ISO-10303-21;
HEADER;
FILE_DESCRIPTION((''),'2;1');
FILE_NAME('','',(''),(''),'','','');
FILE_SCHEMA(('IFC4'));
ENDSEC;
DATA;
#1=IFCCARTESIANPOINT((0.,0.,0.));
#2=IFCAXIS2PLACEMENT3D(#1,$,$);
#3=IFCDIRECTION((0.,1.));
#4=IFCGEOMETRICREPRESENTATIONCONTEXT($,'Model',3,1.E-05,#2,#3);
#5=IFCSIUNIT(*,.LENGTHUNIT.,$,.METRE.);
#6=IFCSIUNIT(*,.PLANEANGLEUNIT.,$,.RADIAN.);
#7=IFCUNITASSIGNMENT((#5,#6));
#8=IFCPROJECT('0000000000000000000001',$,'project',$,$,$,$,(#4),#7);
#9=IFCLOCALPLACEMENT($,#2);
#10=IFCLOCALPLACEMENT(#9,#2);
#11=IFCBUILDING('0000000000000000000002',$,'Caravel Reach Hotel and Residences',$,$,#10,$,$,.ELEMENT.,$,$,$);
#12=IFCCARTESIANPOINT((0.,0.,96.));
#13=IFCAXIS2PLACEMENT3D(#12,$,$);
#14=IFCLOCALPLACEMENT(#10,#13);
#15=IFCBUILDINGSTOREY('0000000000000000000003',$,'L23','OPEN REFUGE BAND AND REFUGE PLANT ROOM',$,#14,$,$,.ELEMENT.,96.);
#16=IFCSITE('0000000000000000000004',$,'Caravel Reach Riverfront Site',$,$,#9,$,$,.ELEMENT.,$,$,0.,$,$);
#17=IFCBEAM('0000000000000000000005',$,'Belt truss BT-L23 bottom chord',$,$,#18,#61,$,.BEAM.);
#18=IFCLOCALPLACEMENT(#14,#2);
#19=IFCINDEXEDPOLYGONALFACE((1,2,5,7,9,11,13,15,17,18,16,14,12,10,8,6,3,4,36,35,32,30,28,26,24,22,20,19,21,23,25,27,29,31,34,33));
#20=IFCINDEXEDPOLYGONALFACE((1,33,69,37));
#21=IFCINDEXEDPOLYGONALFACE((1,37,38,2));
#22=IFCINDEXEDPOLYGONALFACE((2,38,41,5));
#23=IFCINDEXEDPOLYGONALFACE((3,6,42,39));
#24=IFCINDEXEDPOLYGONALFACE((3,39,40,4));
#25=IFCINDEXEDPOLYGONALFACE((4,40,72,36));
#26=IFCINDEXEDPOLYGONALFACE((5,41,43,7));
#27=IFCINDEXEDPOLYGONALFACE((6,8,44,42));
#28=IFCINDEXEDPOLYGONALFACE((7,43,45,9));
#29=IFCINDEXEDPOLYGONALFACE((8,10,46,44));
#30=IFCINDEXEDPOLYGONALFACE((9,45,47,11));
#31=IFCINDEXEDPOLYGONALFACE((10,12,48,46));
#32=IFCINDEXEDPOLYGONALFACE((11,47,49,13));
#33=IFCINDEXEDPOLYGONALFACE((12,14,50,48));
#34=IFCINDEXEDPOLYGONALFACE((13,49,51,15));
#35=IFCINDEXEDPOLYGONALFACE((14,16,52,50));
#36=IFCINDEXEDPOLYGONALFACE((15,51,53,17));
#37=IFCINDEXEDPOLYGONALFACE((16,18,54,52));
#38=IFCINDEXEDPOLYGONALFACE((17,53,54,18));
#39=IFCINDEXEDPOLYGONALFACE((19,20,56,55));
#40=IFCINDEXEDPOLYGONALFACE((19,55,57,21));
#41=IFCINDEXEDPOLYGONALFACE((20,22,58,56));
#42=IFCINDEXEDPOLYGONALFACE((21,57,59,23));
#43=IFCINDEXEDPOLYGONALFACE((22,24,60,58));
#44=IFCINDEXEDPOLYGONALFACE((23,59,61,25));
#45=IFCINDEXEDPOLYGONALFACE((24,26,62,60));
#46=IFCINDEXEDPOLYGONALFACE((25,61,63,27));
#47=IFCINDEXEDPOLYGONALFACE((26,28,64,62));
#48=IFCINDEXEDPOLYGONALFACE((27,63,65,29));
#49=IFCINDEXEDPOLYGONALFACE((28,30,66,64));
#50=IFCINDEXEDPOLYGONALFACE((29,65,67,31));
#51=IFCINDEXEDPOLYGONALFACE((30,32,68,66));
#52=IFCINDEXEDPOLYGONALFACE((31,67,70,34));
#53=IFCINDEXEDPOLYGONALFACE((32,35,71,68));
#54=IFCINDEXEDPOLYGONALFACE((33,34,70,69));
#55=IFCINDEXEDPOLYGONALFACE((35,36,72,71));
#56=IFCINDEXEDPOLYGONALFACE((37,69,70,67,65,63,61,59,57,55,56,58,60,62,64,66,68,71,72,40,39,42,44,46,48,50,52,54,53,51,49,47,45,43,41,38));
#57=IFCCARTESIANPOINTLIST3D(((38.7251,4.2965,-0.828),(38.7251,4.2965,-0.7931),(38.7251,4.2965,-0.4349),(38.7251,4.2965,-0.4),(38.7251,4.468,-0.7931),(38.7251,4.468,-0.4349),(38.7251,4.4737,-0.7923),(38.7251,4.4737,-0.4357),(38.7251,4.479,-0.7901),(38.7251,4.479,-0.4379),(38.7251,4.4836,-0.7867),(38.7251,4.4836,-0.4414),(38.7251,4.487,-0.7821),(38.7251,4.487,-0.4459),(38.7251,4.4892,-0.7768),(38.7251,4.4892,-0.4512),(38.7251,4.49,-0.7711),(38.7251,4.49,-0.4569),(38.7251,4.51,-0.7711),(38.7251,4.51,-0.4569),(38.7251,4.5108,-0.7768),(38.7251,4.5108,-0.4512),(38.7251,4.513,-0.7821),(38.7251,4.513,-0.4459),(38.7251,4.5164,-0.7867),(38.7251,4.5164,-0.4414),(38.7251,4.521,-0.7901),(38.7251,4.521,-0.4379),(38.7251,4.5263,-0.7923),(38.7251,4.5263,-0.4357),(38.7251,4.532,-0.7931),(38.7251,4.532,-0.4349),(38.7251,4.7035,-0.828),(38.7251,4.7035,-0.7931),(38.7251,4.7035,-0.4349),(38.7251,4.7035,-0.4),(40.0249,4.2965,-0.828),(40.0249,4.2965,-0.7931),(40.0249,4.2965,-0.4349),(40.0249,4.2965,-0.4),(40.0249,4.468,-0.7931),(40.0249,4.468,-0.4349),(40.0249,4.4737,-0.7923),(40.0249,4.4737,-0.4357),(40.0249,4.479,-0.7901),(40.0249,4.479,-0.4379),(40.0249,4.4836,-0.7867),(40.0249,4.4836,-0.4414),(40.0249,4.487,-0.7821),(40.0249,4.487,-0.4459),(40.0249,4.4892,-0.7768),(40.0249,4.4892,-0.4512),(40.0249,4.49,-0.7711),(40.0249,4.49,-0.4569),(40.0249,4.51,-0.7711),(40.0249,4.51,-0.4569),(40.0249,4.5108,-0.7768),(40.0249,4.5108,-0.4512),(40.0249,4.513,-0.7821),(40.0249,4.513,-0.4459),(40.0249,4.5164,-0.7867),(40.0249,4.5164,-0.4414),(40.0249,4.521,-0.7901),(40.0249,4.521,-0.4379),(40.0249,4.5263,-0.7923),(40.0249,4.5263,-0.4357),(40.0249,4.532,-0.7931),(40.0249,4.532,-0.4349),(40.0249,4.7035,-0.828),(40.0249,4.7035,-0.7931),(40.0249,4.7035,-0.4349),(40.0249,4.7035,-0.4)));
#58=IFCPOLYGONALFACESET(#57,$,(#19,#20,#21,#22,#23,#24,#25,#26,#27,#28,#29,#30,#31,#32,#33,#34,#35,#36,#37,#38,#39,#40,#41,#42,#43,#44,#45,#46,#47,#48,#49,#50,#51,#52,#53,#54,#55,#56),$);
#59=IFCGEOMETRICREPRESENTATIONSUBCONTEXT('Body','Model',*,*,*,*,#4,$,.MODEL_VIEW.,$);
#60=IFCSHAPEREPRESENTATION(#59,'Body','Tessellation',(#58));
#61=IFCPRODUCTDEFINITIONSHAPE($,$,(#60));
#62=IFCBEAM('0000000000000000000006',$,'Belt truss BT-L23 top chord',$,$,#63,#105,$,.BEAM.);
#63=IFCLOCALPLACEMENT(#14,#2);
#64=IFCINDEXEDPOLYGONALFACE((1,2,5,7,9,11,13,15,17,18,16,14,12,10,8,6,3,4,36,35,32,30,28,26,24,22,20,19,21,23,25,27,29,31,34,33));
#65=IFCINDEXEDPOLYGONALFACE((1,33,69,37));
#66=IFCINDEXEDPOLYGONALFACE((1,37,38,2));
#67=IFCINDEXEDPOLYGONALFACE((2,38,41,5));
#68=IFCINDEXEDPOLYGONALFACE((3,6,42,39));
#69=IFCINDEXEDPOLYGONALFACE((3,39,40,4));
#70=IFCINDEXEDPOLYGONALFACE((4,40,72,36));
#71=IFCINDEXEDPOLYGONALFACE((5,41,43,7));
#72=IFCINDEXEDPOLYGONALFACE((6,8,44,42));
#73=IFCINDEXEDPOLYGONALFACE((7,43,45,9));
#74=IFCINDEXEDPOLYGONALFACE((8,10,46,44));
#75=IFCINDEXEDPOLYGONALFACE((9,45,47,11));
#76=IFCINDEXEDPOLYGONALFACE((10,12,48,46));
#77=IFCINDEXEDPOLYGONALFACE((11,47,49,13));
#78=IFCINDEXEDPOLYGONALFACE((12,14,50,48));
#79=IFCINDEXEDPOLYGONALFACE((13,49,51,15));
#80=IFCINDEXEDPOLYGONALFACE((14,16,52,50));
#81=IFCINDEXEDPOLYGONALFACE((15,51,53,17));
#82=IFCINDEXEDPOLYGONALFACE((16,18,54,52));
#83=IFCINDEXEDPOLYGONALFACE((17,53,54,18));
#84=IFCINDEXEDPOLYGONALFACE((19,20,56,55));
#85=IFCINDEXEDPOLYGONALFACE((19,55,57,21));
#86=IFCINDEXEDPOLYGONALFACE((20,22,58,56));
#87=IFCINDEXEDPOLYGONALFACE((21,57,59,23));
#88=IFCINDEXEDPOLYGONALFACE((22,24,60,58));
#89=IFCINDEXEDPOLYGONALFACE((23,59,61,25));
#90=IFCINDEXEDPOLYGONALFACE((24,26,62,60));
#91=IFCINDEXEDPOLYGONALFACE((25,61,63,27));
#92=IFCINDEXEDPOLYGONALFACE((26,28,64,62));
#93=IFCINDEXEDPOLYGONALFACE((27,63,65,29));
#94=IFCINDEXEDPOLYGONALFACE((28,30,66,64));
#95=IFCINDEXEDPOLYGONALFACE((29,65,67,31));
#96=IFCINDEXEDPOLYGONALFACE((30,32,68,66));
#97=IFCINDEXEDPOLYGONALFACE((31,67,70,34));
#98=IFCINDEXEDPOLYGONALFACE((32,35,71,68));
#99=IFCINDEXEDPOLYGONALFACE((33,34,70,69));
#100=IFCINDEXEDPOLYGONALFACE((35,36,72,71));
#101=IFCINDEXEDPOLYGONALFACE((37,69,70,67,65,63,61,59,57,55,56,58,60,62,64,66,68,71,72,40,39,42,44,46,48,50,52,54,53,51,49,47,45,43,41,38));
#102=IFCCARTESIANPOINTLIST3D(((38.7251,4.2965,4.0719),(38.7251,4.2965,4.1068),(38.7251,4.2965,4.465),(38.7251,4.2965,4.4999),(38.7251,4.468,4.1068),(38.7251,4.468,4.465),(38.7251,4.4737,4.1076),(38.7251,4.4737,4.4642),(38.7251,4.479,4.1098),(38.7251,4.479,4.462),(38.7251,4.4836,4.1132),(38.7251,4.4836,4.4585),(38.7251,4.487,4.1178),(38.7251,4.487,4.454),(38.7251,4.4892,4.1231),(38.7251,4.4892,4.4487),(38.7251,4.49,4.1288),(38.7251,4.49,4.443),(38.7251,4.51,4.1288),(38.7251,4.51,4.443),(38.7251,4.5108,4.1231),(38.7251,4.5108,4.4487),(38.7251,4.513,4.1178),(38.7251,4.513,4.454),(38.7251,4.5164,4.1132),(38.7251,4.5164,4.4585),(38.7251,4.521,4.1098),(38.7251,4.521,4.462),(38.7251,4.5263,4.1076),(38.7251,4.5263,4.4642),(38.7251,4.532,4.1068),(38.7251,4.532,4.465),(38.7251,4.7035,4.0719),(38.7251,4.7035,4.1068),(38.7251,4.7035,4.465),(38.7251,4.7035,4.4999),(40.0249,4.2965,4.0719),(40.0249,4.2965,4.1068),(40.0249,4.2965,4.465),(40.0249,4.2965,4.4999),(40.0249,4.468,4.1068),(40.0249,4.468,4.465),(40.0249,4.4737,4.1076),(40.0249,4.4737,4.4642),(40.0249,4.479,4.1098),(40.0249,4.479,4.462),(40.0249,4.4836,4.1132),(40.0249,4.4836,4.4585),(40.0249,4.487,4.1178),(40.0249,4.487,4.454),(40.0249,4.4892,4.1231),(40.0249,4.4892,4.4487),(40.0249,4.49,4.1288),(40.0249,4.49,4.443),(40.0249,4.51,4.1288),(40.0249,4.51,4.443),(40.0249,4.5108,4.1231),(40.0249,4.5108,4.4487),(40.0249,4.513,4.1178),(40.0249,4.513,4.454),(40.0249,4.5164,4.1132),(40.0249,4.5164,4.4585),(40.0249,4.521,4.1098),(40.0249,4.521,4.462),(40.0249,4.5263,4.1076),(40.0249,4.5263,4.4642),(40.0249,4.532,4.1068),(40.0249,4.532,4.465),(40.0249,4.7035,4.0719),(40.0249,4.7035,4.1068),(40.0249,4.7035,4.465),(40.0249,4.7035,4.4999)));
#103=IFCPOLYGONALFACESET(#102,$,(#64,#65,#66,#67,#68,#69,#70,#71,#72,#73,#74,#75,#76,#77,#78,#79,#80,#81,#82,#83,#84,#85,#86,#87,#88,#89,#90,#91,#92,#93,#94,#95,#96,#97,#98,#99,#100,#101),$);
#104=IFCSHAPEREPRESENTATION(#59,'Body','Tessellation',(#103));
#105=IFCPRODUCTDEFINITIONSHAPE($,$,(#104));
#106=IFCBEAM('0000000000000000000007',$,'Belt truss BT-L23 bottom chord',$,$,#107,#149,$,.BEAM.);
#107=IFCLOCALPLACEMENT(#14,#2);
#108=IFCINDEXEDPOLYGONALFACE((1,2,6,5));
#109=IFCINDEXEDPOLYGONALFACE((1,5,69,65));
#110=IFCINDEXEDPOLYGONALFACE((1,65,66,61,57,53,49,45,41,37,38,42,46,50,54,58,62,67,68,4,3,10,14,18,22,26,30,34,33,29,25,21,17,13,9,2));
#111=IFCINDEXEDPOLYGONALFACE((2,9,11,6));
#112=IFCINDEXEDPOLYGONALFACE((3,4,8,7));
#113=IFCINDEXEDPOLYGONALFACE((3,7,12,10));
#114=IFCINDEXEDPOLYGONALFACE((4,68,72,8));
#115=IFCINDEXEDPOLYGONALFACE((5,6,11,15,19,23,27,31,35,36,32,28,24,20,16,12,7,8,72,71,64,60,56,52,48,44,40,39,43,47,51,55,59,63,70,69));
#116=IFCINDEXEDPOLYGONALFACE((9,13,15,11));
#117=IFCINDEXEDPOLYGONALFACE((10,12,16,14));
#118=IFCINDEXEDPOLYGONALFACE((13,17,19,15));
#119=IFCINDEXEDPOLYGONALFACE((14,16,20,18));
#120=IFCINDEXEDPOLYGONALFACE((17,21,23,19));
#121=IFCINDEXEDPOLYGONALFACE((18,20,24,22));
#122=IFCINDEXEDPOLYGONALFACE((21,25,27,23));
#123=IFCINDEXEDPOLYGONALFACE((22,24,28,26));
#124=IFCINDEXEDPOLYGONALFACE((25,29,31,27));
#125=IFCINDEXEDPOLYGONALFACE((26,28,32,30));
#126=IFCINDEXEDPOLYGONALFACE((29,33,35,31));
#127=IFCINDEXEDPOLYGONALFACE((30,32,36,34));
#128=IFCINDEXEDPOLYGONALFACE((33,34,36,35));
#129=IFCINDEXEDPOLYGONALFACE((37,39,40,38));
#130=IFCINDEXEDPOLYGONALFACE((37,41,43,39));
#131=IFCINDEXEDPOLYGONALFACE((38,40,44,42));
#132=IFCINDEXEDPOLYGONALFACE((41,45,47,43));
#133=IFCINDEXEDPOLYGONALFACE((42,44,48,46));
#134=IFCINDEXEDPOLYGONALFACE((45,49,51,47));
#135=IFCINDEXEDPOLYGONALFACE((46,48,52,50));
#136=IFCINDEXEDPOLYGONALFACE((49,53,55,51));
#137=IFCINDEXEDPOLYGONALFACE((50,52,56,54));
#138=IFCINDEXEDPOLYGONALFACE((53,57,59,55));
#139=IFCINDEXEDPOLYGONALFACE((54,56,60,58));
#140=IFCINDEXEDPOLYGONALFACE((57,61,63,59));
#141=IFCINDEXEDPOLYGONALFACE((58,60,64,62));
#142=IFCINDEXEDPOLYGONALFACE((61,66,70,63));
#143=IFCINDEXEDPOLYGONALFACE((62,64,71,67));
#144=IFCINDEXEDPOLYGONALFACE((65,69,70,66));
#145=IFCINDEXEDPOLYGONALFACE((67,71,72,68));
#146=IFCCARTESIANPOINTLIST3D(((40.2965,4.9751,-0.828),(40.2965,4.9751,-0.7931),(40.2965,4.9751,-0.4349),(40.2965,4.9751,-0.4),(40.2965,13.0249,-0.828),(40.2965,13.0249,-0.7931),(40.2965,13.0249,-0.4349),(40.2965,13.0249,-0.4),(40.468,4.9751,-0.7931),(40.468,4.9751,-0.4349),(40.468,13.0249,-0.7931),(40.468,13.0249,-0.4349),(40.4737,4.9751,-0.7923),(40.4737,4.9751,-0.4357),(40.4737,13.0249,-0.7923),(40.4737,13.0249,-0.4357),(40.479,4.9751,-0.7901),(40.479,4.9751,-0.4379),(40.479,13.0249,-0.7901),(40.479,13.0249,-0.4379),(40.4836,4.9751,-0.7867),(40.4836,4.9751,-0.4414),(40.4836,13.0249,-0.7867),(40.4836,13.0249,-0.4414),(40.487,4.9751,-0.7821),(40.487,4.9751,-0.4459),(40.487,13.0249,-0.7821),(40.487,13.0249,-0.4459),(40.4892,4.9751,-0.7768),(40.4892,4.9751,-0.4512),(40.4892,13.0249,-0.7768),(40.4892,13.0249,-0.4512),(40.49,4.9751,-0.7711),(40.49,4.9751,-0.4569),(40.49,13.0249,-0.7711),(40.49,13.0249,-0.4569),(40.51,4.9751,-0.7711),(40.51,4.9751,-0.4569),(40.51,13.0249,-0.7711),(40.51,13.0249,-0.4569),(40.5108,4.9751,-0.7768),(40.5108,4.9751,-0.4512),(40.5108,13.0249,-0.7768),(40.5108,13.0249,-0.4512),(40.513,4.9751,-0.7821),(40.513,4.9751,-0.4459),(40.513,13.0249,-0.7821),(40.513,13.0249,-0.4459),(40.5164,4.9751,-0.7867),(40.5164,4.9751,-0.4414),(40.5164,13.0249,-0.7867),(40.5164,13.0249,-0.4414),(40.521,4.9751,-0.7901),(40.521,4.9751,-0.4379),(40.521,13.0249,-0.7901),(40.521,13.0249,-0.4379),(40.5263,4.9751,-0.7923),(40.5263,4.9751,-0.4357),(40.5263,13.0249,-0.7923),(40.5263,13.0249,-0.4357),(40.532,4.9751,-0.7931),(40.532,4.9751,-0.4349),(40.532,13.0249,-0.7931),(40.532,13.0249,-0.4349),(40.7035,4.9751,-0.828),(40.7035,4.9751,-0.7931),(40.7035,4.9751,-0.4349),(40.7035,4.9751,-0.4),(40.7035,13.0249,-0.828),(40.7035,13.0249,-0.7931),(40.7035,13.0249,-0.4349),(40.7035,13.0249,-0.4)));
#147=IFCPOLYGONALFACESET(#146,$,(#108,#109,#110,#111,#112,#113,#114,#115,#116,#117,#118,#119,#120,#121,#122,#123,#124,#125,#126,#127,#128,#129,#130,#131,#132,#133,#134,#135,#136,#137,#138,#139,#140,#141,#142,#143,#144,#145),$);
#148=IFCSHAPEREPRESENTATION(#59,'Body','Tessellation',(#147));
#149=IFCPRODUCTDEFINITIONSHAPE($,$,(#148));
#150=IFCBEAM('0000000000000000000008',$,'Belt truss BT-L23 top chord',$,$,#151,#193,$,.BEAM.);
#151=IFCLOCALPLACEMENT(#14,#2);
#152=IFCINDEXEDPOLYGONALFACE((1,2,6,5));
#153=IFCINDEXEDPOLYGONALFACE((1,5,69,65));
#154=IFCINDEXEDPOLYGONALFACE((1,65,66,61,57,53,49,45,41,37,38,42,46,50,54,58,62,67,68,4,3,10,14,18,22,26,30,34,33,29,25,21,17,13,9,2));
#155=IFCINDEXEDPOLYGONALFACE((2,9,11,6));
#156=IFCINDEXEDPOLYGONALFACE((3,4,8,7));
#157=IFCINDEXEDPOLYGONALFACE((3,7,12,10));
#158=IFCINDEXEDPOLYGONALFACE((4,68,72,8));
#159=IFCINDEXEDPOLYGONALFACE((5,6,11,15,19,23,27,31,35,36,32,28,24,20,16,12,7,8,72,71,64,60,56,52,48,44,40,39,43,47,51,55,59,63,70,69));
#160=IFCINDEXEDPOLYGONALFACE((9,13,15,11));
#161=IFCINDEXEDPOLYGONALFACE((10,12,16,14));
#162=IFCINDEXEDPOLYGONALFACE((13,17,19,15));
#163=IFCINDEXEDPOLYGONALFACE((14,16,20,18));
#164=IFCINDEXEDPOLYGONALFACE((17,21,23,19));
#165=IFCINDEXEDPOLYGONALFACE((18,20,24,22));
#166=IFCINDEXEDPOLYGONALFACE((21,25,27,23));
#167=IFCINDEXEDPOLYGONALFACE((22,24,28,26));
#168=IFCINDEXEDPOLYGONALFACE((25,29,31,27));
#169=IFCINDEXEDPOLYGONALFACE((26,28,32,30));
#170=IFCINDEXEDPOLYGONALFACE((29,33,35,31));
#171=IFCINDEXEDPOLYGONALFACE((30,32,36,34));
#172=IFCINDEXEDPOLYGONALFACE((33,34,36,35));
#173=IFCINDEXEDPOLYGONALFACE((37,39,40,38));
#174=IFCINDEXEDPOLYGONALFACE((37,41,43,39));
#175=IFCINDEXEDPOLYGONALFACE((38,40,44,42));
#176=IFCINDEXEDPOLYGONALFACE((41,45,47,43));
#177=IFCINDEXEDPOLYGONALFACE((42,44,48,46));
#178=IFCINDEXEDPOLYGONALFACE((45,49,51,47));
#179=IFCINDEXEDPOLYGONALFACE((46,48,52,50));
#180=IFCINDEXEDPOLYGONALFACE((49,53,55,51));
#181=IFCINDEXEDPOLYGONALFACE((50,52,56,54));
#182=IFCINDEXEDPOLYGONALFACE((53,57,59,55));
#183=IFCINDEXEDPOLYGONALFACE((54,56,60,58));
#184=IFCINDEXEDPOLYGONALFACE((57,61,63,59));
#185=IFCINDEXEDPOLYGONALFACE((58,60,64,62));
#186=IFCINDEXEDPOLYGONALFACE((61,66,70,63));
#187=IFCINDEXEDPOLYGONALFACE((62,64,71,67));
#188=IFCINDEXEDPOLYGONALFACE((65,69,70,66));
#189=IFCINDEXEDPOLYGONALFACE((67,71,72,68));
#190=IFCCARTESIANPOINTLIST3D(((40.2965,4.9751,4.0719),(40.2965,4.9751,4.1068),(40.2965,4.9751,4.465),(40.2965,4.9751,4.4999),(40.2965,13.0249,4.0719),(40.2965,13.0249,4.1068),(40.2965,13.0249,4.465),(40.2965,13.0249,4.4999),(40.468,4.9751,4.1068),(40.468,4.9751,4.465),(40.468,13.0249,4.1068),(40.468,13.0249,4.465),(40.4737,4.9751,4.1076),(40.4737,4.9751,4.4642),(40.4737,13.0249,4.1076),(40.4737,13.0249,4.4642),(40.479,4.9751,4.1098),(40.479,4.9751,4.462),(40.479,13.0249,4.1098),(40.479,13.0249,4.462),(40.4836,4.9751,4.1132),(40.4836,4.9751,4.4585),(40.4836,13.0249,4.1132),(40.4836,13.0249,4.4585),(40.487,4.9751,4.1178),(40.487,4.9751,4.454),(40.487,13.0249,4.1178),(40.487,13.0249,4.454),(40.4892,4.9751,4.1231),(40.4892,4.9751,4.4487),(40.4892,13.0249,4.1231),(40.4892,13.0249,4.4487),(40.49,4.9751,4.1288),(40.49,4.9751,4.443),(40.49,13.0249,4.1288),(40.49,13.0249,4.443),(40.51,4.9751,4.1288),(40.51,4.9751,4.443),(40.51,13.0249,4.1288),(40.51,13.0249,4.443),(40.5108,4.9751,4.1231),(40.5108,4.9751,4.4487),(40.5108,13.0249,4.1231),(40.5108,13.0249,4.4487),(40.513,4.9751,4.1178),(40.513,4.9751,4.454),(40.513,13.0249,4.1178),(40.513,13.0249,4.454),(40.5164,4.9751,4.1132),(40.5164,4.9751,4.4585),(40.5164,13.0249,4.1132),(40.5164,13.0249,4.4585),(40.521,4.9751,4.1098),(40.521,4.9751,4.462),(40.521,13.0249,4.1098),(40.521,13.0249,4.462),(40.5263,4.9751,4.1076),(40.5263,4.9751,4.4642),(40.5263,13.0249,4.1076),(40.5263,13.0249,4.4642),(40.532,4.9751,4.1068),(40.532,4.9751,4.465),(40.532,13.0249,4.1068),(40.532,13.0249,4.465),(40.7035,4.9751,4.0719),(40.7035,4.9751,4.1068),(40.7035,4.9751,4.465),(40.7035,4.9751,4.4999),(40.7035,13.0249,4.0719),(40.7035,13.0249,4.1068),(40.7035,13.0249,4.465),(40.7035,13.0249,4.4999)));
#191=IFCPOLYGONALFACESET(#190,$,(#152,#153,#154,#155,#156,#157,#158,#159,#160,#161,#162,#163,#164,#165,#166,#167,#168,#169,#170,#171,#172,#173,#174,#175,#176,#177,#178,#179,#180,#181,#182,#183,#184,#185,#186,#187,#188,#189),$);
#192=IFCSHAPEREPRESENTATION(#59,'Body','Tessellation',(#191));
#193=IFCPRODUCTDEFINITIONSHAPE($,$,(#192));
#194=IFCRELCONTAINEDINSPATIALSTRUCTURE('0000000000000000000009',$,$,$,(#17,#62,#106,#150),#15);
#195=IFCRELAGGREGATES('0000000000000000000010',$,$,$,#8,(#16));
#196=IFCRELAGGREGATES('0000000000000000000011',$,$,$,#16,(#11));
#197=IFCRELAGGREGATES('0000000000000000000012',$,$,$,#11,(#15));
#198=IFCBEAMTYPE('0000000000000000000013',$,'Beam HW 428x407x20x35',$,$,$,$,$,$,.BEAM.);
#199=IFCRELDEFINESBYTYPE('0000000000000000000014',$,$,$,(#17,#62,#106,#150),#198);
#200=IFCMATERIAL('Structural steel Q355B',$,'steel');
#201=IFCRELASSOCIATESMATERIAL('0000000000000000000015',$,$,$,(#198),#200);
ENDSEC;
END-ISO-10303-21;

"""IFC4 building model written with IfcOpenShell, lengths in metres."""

from ifc_helpers import new_model, si_unit, direction, frame, origin, origin_2d, place, context, subcontext, project, spatial, i_section, extrude, material, material_profile, profile_set, type_object, element, save


model = new_model("IFC4")

# Units and contexts
model_context = context("Model", 3, precision=1e-05, world=origin(), true_north=direction((0.0, 1.0)))
body_context = subcontext(model_context, "Body", "Model", "MODEL_VIEW")
ifc_project = project(units=[si_unit("LENGTHUNIT", "METRE"), si_unit("PLANEANGLEUNIT", "RADIAN")], contexts=[model_context])

# Site, building, storey
site_placement = place(None, origin())
site = spatial("IfcSite", under=ifc_project, at=site_placement, Name="Caravel Reach Riverfront Site", CompositionType="ELEMENT", RefElevation=0.0)
building_placement = place(site_placement, origin())
building = spatial("IfcBuilding", under=site, at=building_placement, Name="Caravel Reach Hotel and Residences", CompositionType="ELEMENT")
storey_placement = place(building_placement, frame((0.0, 0.0, 96.0)))
storey = spatial("IfcBuildingStorey", under=building, at=storey_placement, Name="L23", Description="OPEN REFUGE BAND AND REFUGE PLANT ROOM", CompositionType="ELEMENT", Elevation=96.0)

# Beams
ifc_material_1 = material(Name="Structural steel Q355B", Category="steel")
ifc_material_profile_1 = material_profile(ifc_material_1, i_section(OverallWidth=0.407, OverallDepth=0.428, WebThickness=0.02, FlangeThickness=0.0349, FilletRadius=0.022, at=origin_2d()), Name="HW 428x407x20x35")
ifc_profile_set_1 = profile_set([ifc_material_profile_1], Name="Structural steel Q355B")
beam_type = type_object("IfcBeamType", Name="Beam HW 428x407x20x35", PredefinedType="BEAM", material=ifc_profile_set_1)
for number, where, z_axis, x_axis, name in (
    (1, (38.7251, 4.5, -0.614), (1.0, 0.0, 0.0), (0.0, 1.0, 0.0), "Belt truss BT-L23 bottom chord"),
    (2, (38.7251, 4.5, 4.2859), (1.0, 0.0, 0.0), (0.0, 1.0, 0.0), "Belt truss BT-L23 top chord"),
):
    element("IfcBeam", number, at=place(storey_placement, frame(where, z_axis=z_axis, x_axis=x_axis)), inside=storey, type_object=beam_type, Name=name, PredefinedType="BEAM", context=body_context, shape_type="SweptSolid", body=[
        extrude(i_section(OverallWidth=0.407, OverallDepth=0.428, WebThickness=0.02, FlangeThickness=0.0349, FilletRadius=0.022, at=origin_2d()), origin(), (0.0, 0.0, 1.0), 1.2998),
    ])
for number, where, z_axis, x_axis, name in (
    (3, (40.5, 4.9751, -0.614), (0.0, 1.0, 0.0), (-1.0, 0.0, 0.0), "Belt truss BT-L23 bottom chord"),
    (4, (40.5, 4.9751, 4.2859), (0.0, 1.0, 0.0), (-1.0, 0.0, 0.0), "Belt truss BT-L23 top chord"),
):
    element("IfcBeam", number, at=place(storey_placement, frame(where, z_axis=z_axis, x_axis=x_axis)), inside=storey, type_object=beam_type, Name=name, PredefinedType="BEAM", context=body_context, shape_type="SweptSolid", body=[
        extrude(i_section(OverallWidth=0.407, OverallDepth=0.428, WebThickness=0.02, FlangeThickness=0.0349, FilletRadius=0.022, at=origin_2d()), origin(), (0.0, 0.0, 1.0), 8.0498),
    ])

save(model, "model.ifc")
